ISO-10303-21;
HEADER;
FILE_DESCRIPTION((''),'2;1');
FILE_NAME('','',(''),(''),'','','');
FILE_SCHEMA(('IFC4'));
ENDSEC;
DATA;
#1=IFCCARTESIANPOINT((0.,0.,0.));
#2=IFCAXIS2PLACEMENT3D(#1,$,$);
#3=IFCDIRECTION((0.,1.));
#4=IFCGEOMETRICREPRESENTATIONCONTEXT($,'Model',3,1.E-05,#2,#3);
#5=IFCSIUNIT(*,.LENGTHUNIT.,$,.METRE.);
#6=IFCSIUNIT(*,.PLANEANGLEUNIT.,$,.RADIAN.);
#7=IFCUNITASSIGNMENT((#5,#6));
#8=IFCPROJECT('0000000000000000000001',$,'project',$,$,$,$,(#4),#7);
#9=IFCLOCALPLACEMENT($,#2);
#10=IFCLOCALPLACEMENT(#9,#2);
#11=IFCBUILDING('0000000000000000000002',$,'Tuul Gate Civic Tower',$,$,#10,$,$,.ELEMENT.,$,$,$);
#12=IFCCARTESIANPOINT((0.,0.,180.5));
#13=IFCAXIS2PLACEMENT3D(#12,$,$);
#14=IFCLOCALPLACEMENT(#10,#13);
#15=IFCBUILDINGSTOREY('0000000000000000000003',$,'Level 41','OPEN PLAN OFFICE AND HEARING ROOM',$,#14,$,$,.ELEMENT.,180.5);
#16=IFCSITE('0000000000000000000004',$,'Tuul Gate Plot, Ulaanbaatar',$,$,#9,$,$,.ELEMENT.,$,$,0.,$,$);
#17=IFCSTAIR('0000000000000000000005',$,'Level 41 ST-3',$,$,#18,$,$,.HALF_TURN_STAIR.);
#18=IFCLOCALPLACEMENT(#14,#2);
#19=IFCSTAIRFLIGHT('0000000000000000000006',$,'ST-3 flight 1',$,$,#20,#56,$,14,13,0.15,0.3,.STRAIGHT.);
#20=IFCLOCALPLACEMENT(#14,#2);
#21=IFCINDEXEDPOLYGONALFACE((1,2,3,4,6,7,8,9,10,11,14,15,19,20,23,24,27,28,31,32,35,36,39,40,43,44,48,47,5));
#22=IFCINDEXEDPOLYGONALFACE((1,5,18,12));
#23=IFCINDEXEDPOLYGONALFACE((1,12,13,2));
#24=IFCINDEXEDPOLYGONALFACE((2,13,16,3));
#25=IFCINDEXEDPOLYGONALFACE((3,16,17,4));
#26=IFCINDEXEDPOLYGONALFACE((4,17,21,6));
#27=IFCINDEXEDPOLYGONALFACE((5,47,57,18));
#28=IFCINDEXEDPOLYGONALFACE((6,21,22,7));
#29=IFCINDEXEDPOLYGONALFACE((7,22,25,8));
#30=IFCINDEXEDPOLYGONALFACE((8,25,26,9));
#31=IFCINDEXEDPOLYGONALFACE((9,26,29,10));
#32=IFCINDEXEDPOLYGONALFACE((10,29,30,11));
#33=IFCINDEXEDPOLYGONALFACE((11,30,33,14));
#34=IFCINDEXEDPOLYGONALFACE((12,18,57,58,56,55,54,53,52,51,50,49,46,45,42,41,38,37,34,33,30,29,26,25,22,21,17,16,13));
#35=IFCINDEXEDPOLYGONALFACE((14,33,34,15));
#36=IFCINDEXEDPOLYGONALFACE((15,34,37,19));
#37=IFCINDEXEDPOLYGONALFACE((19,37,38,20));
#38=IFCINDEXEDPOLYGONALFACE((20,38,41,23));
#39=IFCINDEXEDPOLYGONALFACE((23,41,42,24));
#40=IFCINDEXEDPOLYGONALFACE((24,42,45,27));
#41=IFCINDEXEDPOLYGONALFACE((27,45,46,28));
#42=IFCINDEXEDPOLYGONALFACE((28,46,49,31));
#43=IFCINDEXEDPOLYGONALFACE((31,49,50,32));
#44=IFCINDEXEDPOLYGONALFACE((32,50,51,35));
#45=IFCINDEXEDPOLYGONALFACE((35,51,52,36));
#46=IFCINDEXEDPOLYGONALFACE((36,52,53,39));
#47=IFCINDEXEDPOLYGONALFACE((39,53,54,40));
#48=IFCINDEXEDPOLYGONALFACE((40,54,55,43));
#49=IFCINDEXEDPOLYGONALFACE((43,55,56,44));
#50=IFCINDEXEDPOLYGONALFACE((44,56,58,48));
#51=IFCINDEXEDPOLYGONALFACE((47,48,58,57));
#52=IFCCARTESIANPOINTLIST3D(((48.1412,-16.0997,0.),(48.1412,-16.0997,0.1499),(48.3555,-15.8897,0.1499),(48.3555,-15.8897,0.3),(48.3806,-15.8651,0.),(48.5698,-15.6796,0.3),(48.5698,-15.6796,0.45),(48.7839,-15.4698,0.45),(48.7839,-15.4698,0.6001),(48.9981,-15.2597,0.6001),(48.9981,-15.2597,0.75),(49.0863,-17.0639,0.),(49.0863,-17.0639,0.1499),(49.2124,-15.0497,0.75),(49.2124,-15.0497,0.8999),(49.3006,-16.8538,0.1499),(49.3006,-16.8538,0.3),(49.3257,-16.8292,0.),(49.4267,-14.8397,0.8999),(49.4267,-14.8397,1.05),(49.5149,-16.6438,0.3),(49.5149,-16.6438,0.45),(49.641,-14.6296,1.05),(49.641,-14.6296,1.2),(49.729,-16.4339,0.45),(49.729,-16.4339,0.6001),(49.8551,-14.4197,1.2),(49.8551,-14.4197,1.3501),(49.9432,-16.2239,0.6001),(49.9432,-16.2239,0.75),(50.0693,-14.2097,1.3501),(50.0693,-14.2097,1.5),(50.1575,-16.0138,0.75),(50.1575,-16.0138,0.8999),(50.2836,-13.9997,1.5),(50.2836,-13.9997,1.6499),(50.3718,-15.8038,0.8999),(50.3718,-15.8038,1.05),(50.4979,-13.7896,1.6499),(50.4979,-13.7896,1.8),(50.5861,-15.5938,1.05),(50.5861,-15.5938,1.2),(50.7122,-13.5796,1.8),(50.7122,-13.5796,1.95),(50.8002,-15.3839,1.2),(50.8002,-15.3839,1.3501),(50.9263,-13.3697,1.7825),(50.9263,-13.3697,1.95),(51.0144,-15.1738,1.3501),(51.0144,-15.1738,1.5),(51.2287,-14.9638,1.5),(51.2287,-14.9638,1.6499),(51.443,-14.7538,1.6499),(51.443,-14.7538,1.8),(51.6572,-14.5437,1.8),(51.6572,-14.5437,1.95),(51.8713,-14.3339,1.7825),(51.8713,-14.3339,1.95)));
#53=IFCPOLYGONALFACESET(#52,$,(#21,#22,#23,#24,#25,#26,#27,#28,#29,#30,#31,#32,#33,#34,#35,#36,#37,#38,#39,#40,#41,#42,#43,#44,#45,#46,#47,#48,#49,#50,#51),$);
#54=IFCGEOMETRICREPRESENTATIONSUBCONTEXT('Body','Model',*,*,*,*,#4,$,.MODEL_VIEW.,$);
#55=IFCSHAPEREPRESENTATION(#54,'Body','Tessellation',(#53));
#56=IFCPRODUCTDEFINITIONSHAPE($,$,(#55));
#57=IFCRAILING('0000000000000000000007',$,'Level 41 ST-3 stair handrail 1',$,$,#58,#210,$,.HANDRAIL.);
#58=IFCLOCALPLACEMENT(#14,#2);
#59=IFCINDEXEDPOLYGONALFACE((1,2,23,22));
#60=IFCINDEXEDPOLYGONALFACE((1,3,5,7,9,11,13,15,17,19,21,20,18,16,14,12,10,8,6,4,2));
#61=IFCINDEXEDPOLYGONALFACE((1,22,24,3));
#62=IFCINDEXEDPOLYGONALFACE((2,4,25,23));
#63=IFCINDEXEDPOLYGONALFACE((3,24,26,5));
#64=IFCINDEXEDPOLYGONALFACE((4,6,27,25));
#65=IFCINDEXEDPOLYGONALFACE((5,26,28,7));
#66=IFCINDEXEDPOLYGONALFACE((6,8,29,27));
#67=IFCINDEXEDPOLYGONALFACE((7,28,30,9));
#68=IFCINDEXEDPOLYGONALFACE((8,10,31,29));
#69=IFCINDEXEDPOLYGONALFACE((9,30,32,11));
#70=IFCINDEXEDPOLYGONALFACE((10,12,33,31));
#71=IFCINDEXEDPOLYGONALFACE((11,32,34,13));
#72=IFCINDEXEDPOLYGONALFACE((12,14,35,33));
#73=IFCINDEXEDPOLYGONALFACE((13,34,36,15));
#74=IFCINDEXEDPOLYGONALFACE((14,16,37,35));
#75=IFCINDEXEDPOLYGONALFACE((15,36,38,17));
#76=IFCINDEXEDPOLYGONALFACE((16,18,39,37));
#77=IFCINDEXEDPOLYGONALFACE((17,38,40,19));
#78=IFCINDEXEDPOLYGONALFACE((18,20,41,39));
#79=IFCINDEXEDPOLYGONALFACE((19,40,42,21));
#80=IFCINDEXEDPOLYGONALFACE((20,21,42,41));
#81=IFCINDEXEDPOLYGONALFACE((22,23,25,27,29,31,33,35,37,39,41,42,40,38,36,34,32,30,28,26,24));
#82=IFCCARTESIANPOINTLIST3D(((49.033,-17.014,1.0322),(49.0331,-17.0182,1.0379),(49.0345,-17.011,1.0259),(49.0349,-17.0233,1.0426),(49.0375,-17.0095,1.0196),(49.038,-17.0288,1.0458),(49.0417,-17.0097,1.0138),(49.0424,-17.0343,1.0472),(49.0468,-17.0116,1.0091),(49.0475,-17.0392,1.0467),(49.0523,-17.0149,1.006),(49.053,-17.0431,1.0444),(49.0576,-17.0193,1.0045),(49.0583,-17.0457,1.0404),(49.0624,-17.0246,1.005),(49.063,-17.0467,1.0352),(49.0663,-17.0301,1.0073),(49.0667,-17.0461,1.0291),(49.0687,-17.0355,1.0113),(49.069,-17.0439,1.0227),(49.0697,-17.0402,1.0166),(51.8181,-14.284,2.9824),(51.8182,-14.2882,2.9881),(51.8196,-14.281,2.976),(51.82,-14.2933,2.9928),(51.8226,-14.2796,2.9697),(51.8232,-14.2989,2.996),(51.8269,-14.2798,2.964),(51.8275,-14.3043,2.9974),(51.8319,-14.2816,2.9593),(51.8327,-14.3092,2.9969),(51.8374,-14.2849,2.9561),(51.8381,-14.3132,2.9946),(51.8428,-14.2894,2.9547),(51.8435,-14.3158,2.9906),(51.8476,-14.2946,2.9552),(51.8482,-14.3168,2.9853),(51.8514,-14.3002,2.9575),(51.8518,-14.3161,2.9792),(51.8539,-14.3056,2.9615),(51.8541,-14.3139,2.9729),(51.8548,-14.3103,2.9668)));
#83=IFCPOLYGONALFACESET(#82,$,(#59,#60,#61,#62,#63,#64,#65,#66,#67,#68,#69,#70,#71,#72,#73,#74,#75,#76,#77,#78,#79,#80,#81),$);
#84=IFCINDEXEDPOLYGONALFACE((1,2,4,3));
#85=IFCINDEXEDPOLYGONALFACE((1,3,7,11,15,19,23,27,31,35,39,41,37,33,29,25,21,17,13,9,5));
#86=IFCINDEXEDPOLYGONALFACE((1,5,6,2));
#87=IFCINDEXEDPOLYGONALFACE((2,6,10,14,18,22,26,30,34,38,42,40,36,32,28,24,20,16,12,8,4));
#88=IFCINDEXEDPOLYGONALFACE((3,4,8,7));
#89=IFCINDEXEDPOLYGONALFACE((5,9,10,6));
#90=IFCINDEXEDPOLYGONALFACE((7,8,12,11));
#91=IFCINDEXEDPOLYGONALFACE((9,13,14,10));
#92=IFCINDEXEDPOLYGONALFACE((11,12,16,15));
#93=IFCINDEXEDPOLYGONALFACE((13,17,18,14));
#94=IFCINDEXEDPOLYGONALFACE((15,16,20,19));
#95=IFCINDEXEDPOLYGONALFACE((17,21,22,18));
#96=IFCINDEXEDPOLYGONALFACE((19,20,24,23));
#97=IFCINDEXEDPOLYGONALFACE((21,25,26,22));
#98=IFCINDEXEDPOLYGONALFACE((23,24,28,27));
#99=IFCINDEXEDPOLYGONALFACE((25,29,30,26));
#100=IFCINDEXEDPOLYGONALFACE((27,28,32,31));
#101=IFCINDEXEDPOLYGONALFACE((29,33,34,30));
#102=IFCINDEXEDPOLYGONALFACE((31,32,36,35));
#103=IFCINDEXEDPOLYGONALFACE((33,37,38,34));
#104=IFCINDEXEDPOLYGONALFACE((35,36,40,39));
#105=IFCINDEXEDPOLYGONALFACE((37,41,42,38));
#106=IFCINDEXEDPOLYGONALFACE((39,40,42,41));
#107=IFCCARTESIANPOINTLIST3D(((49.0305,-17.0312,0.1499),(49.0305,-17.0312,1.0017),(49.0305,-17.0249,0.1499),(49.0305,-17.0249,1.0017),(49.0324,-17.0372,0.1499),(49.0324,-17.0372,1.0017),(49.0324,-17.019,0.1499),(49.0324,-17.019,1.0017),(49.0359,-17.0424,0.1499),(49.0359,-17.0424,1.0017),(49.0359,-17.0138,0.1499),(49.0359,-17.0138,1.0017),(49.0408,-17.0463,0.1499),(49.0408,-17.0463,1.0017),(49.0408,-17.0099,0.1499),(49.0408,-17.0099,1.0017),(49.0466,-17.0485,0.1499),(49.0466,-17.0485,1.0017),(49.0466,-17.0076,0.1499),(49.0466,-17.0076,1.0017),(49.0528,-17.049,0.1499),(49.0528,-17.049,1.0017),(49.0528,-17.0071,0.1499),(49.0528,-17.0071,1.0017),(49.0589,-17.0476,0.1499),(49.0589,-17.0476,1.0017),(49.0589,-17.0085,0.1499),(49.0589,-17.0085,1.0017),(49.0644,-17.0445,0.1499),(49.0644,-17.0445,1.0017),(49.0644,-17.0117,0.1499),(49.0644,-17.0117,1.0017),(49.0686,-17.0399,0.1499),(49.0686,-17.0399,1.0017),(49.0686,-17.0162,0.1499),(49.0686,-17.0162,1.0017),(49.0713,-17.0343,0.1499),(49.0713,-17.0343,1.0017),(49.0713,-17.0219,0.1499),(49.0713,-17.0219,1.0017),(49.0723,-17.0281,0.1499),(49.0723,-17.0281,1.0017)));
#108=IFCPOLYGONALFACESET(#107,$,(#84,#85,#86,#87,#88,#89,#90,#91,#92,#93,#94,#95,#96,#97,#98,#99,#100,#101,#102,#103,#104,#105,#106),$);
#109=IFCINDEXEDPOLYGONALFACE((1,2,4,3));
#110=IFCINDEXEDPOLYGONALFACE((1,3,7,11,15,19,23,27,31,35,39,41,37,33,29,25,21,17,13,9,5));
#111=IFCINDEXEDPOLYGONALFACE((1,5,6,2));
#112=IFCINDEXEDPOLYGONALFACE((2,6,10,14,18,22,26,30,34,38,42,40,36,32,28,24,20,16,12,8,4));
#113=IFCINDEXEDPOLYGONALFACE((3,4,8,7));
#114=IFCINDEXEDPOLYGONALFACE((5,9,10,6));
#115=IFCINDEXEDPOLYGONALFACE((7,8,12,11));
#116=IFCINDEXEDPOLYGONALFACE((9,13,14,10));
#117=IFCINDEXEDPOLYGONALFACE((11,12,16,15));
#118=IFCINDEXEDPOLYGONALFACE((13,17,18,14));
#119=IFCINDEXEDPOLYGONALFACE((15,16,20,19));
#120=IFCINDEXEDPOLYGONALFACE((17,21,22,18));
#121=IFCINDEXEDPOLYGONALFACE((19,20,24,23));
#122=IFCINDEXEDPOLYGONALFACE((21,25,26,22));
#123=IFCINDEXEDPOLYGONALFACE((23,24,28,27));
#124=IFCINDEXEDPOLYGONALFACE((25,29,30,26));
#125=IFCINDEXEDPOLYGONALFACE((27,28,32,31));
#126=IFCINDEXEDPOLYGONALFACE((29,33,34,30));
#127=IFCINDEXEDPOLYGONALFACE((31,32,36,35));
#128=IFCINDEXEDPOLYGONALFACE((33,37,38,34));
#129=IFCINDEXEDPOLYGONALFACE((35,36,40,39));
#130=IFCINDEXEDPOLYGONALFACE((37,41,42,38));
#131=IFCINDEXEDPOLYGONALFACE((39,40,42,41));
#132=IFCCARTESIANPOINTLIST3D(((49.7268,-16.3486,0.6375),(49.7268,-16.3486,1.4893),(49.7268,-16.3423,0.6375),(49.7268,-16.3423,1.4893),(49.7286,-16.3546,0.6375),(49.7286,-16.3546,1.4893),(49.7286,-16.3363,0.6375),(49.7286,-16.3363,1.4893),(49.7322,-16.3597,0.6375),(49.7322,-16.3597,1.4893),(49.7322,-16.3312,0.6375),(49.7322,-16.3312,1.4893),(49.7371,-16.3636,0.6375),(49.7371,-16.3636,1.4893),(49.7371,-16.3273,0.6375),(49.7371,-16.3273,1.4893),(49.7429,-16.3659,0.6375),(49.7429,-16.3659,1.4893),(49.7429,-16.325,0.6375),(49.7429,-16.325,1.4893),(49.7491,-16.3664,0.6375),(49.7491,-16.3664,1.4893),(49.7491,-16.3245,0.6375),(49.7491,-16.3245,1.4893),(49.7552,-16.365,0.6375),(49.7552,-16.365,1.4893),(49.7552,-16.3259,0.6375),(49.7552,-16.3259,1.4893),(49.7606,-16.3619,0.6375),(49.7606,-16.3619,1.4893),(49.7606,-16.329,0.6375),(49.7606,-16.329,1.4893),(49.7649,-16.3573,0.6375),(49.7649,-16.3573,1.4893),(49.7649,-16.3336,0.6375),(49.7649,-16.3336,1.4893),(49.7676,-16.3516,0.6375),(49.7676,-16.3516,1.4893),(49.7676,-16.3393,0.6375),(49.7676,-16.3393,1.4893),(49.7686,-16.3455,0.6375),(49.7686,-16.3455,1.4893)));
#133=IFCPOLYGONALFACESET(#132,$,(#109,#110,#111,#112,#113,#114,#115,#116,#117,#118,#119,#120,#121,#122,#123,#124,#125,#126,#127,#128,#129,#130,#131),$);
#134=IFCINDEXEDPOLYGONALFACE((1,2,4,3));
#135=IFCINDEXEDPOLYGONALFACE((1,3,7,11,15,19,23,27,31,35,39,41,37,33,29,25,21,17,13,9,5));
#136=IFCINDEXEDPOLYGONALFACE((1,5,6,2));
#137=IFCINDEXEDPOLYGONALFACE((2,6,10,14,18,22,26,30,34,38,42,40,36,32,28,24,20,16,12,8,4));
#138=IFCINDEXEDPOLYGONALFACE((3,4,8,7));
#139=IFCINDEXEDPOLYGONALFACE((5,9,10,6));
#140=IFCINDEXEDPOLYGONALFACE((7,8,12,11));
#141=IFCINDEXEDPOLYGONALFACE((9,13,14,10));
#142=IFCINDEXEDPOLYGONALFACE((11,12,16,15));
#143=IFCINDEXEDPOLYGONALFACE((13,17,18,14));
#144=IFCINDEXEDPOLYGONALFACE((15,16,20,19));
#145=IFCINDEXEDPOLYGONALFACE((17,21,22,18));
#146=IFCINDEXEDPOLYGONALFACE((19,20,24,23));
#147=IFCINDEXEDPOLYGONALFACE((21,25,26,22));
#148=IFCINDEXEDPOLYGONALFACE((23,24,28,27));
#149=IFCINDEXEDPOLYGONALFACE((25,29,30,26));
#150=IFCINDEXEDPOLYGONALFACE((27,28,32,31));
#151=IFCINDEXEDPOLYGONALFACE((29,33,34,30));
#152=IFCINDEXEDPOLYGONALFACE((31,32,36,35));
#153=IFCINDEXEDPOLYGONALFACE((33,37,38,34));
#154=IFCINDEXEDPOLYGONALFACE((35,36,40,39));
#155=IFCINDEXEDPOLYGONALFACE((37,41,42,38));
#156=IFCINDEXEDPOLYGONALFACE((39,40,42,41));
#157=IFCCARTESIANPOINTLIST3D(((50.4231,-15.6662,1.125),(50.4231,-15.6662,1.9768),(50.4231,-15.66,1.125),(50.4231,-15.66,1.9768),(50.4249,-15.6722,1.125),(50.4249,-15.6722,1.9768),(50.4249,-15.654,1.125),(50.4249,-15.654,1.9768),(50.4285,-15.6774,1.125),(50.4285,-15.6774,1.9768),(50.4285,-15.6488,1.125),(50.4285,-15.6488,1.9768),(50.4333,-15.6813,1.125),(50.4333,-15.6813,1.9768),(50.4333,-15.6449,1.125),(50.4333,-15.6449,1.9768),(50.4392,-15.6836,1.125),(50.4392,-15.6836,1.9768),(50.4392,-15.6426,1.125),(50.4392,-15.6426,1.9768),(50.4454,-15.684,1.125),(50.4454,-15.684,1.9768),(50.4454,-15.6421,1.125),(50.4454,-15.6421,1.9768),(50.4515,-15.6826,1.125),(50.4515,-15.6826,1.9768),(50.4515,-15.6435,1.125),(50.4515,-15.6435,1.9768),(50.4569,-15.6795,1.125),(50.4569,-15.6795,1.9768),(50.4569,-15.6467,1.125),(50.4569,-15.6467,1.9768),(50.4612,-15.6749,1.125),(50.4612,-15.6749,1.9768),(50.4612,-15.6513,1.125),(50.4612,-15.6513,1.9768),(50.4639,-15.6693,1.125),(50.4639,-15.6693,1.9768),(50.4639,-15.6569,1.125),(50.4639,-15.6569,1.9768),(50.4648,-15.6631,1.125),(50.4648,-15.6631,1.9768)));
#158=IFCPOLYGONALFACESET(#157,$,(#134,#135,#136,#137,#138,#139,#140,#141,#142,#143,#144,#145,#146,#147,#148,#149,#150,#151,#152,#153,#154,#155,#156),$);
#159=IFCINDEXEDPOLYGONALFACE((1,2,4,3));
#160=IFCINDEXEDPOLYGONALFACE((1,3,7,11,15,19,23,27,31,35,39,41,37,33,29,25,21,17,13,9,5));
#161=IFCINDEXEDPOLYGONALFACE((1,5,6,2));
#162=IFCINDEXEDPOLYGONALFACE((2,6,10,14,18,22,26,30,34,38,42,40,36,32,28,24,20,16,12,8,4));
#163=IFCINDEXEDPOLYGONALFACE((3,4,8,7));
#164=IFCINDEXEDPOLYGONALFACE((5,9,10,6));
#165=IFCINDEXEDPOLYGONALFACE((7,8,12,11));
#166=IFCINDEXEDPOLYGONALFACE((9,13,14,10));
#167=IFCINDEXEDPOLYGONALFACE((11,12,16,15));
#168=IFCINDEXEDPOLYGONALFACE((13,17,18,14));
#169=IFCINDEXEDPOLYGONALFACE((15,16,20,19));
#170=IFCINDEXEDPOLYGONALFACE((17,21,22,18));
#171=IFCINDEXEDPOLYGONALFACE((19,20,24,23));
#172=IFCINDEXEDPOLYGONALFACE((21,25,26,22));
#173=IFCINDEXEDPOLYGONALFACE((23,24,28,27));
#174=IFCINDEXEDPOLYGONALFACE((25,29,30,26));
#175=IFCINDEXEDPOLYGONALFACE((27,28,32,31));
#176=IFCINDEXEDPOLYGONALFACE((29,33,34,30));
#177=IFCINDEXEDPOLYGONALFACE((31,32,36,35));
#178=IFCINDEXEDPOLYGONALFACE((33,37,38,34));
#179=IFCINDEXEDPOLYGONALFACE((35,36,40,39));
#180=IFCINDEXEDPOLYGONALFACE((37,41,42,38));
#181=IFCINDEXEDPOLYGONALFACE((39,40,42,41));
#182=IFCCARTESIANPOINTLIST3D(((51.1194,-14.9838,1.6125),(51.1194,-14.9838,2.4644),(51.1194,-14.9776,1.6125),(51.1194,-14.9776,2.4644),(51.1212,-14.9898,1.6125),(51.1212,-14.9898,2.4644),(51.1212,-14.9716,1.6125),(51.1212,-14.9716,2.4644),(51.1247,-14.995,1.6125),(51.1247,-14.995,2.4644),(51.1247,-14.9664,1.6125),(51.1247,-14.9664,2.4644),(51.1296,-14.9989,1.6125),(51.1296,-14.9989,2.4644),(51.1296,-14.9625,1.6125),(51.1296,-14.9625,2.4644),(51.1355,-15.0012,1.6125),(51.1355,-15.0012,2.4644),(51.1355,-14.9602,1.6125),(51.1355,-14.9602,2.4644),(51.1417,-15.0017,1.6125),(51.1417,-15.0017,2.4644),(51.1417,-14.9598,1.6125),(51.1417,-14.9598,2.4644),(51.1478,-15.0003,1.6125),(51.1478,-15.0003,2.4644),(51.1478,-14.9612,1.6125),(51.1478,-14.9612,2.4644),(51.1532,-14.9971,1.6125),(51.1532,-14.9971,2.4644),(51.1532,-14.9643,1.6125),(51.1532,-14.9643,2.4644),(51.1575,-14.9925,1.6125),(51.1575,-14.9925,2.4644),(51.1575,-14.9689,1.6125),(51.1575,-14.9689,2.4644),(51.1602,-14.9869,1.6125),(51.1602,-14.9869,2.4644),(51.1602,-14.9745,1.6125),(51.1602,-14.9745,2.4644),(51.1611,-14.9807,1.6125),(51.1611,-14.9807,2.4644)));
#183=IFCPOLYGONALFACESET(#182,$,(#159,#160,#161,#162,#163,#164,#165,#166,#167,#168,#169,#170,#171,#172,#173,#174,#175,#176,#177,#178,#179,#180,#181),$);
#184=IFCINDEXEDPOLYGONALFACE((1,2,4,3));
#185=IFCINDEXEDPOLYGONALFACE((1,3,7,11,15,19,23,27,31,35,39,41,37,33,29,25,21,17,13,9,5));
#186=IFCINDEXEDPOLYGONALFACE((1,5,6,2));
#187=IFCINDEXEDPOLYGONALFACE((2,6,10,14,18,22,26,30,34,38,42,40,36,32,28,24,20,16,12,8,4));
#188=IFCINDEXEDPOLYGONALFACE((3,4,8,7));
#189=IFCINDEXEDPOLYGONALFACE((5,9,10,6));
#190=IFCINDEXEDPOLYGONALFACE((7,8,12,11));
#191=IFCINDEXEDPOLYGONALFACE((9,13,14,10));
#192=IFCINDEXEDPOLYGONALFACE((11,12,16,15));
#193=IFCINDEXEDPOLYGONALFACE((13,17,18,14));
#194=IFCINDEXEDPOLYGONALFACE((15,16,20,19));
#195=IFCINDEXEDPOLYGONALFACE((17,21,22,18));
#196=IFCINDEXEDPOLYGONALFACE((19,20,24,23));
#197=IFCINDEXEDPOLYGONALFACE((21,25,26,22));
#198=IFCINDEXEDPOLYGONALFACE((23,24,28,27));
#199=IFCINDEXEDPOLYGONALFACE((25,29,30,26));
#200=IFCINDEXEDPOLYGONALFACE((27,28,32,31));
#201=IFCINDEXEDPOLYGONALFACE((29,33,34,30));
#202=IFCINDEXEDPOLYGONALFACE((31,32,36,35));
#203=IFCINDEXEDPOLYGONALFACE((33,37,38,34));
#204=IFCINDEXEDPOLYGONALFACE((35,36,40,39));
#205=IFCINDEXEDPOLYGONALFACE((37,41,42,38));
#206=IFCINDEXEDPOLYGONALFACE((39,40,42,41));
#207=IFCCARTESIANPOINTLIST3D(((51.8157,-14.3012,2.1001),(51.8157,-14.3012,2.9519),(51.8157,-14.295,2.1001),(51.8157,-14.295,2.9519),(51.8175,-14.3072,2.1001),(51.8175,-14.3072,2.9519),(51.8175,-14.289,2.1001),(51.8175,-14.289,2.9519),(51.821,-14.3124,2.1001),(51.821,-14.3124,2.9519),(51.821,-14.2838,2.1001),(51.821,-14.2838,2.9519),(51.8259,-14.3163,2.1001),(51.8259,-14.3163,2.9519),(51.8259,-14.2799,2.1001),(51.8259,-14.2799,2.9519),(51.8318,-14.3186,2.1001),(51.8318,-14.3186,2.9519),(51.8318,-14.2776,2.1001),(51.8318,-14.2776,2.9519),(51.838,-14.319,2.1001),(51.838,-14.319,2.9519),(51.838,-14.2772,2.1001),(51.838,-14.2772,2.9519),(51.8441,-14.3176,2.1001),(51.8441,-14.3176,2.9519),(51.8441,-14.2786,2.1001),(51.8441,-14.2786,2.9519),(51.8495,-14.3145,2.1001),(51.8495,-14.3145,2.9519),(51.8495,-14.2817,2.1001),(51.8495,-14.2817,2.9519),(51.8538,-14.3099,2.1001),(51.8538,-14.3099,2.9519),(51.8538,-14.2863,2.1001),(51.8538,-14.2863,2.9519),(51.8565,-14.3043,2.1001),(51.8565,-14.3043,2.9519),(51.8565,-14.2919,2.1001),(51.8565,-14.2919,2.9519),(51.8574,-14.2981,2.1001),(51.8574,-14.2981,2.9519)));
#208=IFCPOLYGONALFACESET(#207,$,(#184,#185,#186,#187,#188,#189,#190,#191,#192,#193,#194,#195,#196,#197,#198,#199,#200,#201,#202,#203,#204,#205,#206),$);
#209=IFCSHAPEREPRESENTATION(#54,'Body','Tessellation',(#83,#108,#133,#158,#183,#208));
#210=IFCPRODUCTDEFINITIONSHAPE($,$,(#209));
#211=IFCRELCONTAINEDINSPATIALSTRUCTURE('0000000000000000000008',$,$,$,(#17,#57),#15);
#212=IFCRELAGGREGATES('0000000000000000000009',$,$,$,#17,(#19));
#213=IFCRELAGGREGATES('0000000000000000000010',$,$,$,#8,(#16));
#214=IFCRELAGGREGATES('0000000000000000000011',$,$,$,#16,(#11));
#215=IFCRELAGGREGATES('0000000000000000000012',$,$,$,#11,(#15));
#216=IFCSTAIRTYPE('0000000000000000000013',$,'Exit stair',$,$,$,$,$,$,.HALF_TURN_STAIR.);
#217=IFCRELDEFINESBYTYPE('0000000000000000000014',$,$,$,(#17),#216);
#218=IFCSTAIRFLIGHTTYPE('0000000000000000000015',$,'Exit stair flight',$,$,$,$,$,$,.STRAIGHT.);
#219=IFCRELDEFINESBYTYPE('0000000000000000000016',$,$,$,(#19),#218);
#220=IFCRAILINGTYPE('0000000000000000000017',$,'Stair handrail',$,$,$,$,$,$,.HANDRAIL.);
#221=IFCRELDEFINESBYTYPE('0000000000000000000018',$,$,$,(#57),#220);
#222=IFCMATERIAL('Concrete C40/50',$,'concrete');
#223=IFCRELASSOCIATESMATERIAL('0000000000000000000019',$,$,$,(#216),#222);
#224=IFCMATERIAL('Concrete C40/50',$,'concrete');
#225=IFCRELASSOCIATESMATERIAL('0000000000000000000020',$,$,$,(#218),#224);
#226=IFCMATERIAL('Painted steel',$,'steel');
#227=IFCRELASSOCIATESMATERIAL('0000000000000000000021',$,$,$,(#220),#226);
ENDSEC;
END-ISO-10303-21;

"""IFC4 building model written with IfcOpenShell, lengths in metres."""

from ifc_helpers import new_model, si_unit, direction, frame, origin, origin_2d, place, context, subcontext, project, spatial, polyline, circle, outline, extrude, material, type_object, element, aggregate, save


model = new_model("IFC4")

# Units and contexts
model_context = context("Model", 3, precision=1e-05, world=origin(), true_north=direction((0.0, 1.0)))
body_context = subcontext(model_context, "Body", "Model", "MODEL_VIEW")
ifc_project = project(units=[si_unit("LENGTHUNIT", "METRE"), si_unit("PLANEANGLEUNIT", "RADIAN")], contexts=[model_context])

# Site, building, storey
site_placement = place(None, origin())
site = spatial("IfcSite", under=ifc_project, at=site_placement, Name="Tuul Gate Plot, Ulaanbaatar", CompositionType="ELEMENT", RefElevation=0.0)
building_placement = place(site_placement, origin())
building = spatial("IfcBuilding", under=site, at=building_placement, Name="Tuul Gate Civic Tower", CompositionType="ELEMENT")
storey_placement = place(building_placement, frame((0.0, 0.0, 180.5)))
storey = spatial("IfcBuildingStorey", under=building, at=storey_placement, Name="Level 41", Description="OPEN PLAN OFFICE AND HEARING ROOM", CompositionType="ELEMENT", Elevation=180.5)

# Stair, stair flight
ifc_material_1 = material(Name="Concrete C40/50", Category="concrete")
stair_type = type_object("IfcStairType", Name="Exit stair", PredefinedType="HALF_TURN_STAIR", material=ifc_material_1)
stair_placement = place(storey_placement, origin())
stair = element("IfcStair", 1, at=stair_placement, inside=storey, type_object=stair_type, Name="Level 41 ST-3", PredefinedType="HALF_TURN_STAIR")
ifc_material_2 = material(Name="Concrete C40/50", Category="concrete")
stair_flight_type = type_object("IfcStairFlightType", Name="Exit stair flight", PredefinedType="STRAIGHT", material=ifc_material_2)
stair_flight_placement = place(storey_placement, frame((48.6138, -16.5818, 0.0), z_axis=(0.0, 0.0, 1.0), x_axis=(0.714127, 0.700016, 0.0)))
stair_flight = element("IfcStairFlight", 2, at=stair_flight_placement, type_object=stair_flight_type, Name="ST-3 flight 1", NumberOfRisers=14, NumberOfTreads=13, PredefinedType="STRAIGHT", RiserHeight=0.15, TreadLength=0.3, context=body_context, shape_type="SweptSolid", body=[
    extrude(outline(polyline([(0.0, 0.0), (0.0, 0.1499), (0.3, 0.1499), (0.3, 0.3), (0.6001, 0.3), (0.6001, 0.45), (0.8999, 0.45), (0.8999, 0.6001), (1.2, 0.6001), (1.2, 0.75), (1.5, 0.75), (1.5, 0.8999), (1.8, 0.8999), (1.8, 1.05), (2.1001, 1.05), (2.1001, 1.2), (2.3999, 1.2), (2.3999, 1.3501), (2.7, 1.3501), (2.7, 1.5), (3.0, 1.5), (3.0, 1.6499), (3.3, 1.6499), (3.3, 1.8), (3.6001, 1.8), (3.6001, 1.95), (3.8999, 1.95), (3.8999, 2.1001), (3.8999, 1.7825), (0.3352, 0.0), (0.0, 0.0)])), frame((0.0, 0.675, 0.0), z_axis=(0.0, -1.0, 0.0), x_axis=(1.0, 0.0, 0.0)), (0.0, 0.0, 1.0), 1.3501),
])
aggregate(stair, [stair_flight])

# Railing
ifc_material_3 = material(Name="Painted steel", Category="steel")
railing_type = type_object("IfcRailingType", Name="Stair handrail", PredefinedType="HANDRAIL", material=ifc_material_3)
railing_placement = place(storey_placement, frame((49.0513, -17.0281, 0.1499)))
element("IfcRailing", 3, at=railing_placement, inside=storey, type_object=railing_type, Name="Level 41 ST-3 stair handrail 1", PredefinedType="HANDRAIL", context=body_context, shape_type="SweptSolid", body=[
    extrude(circle(Radius=0.0239, at=origin_2d()), frame((0.0, 0.0, 0.876), z_axis=(0.638738, 0.626084, 0.447251), x_axis=(-0.699998, 0.714145, 0.0)), (0.0, 0.0, 1.0), 4.3604),
    extrude(circle(Radius=0.021, at=origin_2d()), origin(), (0.0, 0.0, 1.0), 0.8518),
    extrude(circle(Radius=0.021, at=origin_2d()), frame((0.6963, 0.6826, 0.4875)), (0.0, 0.0, 1.0), 0.8518),
    extrude(circle(Radius=0.021, at=origin_2d()), frame((1.3926, 1.365, 0.9751)), (0.0, 0.0, 1.0), 0.8518),
    extrude(circle(Radius=0.021, at=origin_2d()), frame((2.0889, 2.0474, 1.4626)), (0.0, 0.0, 1.0), 0.8518),
    extrude(circle(Radius=0.021, at=origin_2d()), frame((2.7852, 2.73, 1.9502)), (0.0, 0.0, 1.0), 0.8518),
])

save(model, "model.ifc")
